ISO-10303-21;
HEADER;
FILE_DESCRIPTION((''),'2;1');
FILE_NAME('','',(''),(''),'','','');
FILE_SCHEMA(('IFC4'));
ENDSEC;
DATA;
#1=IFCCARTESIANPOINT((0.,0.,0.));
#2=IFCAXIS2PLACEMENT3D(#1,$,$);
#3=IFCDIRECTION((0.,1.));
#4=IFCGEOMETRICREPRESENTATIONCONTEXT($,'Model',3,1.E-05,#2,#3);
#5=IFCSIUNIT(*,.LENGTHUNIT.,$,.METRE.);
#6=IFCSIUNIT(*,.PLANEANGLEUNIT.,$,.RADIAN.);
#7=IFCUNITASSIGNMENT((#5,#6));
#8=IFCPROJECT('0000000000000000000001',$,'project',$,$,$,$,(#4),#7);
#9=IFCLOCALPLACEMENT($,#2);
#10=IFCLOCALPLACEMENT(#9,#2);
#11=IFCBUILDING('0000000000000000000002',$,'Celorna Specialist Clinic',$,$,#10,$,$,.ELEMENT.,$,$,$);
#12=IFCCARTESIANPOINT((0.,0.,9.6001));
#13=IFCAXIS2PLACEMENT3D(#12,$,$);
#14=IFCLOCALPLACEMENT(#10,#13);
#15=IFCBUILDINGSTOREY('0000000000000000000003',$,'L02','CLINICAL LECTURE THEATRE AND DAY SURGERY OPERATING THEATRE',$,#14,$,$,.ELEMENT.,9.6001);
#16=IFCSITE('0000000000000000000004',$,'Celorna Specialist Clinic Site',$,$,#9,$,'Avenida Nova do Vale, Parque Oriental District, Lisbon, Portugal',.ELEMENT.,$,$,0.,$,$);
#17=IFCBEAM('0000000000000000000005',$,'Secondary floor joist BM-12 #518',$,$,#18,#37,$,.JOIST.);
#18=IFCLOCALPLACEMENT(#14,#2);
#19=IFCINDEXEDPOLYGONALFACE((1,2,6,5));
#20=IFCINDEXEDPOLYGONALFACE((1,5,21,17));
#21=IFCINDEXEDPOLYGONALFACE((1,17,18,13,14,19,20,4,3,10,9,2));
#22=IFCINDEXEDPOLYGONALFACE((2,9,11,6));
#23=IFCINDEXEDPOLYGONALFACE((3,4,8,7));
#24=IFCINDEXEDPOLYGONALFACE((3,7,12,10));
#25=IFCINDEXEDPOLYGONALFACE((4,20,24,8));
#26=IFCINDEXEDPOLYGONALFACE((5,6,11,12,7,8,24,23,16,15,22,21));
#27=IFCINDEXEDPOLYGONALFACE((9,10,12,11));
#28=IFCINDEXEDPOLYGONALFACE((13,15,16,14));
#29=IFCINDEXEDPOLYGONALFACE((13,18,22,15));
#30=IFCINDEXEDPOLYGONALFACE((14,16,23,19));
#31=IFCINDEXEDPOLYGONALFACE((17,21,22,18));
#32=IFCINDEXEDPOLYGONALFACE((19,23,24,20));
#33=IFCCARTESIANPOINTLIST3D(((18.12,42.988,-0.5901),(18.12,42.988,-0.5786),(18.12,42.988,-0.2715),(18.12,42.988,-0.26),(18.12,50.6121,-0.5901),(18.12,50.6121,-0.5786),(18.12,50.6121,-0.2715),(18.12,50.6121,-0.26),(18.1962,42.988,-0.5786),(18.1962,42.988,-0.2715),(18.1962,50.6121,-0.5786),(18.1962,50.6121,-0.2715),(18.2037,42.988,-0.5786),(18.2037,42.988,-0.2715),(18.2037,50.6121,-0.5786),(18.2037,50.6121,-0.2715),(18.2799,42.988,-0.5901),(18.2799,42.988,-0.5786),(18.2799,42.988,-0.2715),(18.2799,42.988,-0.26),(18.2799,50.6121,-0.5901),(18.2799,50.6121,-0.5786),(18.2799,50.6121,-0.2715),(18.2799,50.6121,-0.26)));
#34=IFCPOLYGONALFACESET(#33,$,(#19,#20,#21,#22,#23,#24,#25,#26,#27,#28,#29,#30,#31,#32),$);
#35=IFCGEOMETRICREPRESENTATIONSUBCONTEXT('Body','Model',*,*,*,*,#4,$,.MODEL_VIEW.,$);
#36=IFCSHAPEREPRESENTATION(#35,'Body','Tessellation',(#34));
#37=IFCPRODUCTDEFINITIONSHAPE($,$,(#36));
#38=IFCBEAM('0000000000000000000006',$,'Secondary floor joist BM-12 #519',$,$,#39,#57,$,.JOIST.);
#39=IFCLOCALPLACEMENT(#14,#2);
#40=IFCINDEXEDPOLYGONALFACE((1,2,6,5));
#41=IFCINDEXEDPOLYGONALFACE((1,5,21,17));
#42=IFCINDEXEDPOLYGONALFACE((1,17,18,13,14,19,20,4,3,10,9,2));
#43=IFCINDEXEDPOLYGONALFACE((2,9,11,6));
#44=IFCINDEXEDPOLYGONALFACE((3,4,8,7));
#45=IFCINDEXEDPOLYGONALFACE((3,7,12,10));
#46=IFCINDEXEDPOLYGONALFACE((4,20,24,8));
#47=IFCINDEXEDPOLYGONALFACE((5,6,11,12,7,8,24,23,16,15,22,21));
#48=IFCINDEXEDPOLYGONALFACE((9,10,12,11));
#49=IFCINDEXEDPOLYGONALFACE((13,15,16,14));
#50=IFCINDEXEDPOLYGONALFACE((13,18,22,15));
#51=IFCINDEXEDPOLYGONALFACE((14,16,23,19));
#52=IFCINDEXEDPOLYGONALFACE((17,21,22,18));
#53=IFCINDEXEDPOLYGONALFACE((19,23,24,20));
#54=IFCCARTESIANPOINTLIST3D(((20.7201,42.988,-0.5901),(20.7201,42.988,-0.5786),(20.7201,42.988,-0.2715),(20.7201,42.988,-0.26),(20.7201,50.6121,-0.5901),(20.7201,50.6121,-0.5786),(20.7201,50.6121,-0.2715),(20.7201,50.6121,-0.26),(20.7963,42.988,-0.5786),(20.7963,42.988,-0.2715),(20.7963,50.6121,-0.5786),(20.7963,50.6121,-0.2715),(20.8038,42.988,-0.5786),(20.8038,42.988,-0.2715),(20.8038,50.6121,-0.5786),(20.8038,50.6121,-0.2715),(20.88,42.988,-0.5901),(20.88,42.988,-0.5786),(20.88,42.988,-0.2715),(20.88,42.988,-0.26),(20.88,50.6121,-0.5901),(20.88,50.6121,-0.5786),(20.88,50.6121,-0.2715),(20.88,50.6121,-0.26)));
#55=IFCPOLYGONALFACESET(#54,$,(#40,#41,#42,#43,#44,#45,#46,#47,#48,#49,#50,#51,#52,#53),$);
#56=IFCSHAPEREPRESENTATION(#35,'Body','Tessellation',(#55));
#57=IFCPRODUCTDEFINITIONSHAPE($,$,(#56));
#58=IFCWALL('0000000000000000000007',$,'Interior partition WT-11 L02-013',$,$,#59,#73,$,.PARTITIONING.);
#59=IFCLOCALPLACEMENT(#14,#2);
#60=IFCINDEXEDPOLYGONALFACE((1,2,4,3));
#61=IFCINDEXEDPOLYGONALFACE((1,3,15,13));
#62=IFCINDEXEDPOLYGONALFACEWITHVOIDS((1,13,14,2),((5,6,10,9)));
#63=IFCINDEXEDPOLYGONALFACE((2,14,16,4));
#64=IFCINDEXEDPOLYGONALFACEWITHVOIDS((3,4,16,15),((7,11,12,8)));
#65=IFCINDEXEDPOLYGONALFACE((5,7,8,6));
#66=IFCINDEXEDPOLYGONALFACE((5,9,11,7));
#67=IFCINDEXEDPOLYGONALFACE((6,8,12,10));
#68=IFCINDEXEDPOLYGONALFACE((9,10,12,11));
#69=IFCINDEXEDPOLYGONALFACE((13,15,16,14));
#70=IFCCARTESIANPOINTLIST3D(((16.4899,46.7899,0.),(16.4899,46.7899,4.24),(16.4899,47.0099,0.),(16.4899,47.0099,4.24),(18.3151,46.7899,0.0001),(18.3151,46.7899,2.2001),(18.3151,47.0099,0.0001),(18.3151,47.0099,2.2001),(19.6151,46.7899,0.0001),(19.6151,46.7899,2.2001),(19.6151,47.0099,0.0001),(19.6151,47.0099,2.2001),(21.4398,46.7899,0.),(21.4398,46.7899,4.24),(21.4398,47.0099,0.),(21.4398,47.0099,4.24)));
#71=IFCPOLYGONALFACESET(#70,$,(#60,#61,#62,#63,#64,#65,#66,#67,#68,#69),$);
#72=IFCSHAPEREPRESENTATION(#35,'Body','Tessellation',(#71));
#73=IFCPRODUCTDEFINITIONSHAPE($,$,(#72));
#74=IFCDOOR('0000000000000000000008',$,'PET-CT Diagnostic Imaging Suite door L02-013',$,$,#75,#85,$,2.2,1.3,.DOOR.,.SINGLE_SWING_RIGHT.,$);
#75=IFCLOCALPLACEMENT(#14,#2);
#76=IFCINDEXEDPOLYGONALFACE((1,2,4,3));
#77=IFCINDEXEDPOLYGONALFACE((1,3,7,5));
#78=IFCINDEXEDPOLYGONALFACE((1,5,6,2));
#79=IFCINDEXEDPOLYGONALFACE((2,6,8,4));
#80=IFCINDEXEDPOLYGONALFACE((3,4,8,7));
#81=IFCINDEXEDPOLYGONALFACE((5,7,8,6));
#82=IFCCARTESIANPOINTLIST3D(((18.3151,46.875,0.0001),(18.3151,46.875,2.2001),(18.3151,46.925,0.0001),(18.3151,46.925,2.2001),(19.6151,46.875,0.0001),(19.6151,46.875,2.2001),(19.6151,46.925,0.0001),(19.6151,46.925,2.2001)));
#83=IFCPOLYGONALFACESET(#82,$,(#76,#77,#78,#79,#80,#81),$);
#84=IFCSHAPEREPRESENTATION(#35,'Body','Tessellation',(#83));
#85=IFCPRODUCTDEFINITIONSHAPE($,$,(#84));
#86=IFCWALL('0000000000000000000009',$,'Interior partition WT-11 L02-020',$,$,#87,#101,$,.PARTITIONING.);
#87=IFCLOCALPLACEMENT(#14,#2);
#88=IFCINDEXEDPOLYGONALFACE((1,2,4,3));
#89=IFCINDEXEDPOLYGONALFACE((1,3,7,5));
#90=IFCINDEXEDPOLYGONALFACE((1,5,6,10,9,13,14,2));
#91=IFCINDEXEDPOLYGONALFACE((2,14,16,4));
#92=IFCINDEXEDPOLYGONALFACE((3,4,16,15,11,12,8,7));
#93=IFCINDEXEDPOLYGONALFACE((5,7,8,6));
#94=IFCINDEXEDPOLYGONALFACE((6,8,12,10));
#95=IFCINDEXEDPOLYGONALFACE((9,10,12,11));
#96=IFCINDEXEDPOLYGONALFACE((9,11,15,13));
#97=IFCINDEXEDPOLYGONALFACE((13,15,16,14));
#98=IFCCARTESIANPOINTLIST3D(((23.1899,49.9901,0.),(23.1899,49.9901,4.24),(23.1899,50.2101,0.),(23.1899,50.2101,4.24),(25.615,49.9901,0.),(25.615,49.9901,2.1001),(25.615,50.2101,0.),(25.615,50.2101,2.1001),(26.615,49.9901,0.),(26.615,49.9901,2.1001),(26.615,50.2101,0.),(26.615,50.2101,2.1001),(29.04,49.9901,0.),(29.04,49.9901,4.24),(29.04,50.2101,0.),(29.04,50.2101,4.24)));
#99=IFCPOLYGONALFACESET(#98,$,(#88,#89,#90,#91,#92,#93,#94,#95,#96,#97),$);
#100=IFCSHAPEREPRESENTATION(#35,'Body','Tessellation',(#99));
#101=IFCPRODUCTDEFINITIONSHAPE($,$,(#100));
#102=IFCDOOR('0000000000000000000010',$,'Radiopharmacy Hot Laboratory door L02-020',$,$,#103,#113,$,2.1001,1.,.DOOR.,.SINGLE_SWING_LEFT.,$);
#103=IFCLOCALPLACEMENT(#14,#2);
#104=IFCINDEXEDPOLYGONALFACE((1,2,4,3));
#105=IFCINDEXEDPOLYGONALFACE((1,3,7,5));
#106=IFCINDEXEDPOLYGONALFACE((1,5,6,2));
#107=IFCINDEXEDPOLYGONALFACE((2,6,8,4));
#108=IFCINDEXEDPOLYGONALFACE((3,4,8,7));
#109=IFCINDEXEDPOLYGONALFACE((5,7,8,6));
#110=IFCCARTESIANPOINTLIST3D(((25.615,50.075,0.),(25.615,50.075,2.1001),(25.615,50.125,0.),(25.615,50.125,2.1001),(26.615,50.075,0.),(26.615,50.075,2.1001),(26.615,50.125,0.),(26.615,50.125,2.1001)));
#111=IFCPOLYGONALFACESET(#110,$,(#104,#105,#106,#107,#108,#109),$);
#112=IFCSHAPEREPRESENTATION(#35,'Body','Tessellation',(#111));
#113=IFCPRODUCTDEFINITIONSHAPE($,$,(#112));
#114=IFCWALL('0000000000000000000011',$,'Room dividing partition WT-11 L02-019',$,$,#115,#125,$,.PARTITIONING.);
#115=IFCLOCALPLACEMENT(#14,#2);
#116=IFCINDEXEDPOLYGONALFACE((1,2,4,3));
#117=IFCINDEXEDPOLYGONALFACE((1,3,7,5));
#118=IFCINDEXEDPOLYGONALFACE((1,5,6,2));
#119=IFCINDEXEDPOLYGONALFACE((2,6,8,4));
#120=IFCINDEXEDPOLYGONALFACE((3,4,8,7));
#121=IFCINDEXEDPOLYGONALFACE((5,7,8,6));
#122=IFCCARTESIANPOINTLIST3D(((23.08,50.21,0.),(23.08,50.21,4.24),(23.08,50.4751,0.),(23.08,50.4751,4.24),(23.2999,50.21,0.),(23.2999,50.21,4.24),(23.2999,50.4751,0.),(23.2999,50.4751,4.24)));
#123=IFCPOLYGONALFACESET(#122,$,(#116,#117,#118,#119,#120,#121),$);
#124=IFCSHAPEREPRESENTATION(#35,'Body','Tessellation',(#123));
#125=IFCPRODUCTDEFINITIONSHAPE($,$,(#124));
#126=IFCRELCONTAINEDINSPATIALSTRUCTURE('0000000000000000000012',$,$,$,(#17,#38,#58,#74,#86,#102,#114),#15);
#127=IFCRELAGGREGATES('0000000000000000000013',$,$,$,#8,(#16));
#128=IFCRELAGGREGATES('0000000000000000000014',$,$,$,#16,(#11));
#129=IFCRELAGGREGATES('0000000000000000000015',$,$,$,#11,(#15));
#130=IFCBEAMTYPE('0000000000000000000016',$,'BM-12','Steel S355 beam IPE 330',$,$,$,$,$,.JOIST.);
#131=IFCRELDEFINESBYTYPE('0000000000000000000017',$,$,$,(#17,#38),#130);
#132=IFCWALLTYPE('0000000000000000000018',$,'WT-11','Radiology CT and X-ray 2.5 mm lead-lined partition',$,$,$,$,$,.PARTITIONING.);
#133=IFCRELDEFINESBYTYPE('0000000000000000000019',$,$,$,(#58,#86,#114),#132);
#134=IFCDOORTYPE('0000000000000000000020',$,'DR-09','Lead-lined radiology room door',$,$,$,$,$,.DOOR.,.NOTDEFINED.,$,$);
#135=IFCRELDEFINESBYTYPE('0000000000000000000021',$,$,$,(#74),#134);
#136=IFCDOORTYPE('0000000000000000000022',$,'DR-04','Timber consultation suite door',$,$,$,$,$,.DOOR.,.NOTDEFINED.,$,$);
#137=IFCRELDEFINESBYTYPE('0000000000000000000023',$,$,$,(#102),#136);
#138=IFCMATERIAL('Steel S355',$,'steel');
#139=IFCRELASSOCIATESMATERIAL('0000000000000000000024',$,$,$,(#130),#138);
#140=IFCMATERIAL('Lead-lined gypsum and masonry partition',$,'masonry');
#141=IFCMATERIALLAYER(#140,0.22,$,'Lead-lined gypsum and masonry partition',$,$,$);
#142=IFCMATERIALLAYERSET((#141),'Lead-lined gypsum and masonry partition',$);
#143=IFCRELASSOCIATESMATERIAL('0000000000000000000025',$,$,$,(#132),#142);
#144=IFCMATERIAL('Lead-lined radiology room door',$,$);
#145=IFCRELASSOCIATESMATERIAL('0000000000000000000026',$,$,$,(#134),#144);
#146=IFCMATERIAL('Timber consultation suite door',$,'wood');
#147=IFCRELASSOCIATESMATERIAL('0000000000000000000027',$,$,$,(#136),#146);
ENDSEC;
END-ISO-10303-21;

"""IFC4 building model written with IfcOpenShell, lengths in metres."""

from ifc_helpers import new_model, si_unit, direction, frame, frame_2d, origin, origin_2d, place, context, subcontext, project, spatial, rectangle, i_section, extrude, material, layer, layer_set, material_profile, profile_set, type_object, element, fill, save


model = new_model("IFC4")

# Units and contexts
model_context = context("Model", 3, precision=1e-05, world=origin(), true_north=direction((0.0, 1.0)))
body_context = subcontext(model_context, "Body", "Model", "MODEL_VIEW")
ifc_project = project(units=[si_unit("LENGTHUNIT", "METRE"), si_unit("PLANEANGLEUNIT", "RADIAN")], contexts=[model_context])

# Site, building, storey
site_placement = place(None, origin())
site = spatial("IfcSite", under=ifc_project, at=site_placement, Name="Celorna Specialist Clinic Site", LongName="Avenida Nova do Vale, Parque Oriental District, Lisbon, Portugal", CompositionType="ELEMENT", RefElevation=0.0)
building_placement = place(site_placement, origin())
building = spatial("IfcBuilding", under=site, at=building_placement, Name="Celorna Specialist Clinic", CompositionType="ELEMENT")
storey_placement = place(building_placement, frame((0.0, 0.0, 9.6001)))
storey = spatial("IfcBuildingStorey", under=building, at=storey_placement, Name="L02", Description="CLINICAL LECTURE THEATRE AND DAY SURGERY OPERATING THEATRE", CompositionType="ELEMENT", Elevation=9.6001)

# Beams
ifc_material_1 = material(Name="Steel S355", Category="steel")
ifc_material_profile_1 = material_profile(ifc_material_1, i_section(OverallWidth=0.1599, OverallDepth=0.3301, WebThickness=0.0076, FlangeThickness=0.0115, at=origin_2d()), Name="IPE 330")
ifc_profile_set_1 = profile_set([ifc_material_profile_1], Name="Steel S355")
beam_type_1 = type_object("IfcBeamType", Name="BM-12", Description="Steel S355 beam IPE 330", PredefinedType="JOIST", material=ifc_profile_set_1)
for number, where, z_axis, x_axis, name in (
    (1, (18.2, 42.988, -0.425), (0.0, 1.0, 0.0), (-1.0, 0.0, 0.0), "Secondary floor joist BM-12 #518"),
    (2, (20.8, 42.988, -0.425), (0.0, 1.0, 0.0), (-1.0, 0.0, 0.0), "Secondary floor joist BM-12 #519"),
):
    element("IfcBeam", number, at=place(storey_placement, frame(where, z_axis=z_axis, x_axis=x_axis)), inside=storey, type_object=beam_type_1, Name=name, PredefinedType="JOIST", context=body_context, shape_type="SweptSolid", body=[
        extrude(i_section(OverallWidth=0.1599, OverallDepth=0.3301, WebThickness=0.0076, FlangeThickness=0.0115, at=origin_2d()), origin(), (0.0, 0.0, 1.0), 7.624),
    ])

# Walls, openings, doors
ifc_material_2 = material(Name="Lead-lined gypsum and masonry partition", Category="masonry")
ifc_layer = layer(ifc_material_2, 0.22, Name="Lead-lined gypsum and masonry partition")
ifc_layer_set = layer_set([ifc_layer], Name="Lead-lined gypsum and masonry partition")
wall_type = type_object("IfcWallType", Name="WT-11", Description="Radiology CT and X-ray 2.5 mm lead-lined partition", PredefinedType="PARTITIONING", material=ifc_layer_set)
wall_1_placement = place(storey_placement, frame((21.4399, 46.8999, 0.0), z_axis=(0.0, 0.0, 1.0), x_axis=(-1.0, 0.0, 0.0)))
wall_1 = element("IfcWall", 3, at=wall_1_placement, inside=storey, type_object=wall_type, Name="Interior partition WT-11 L02-013", PredefinedType="PARTITIONING", context=body_context, shape_type="SweptSolid", body=[
    extrude(rectangle(XDim=4.95, YDim=0.22, at=frame_2d((2.4751, 0.0))), origin(), (0.0, 0.0, 1.0), 4.24),
])
opening_1_placement = place(wall_1_placement, frame((1.825, 0.0, 0.0)))
opening_1 = element("IfcOpeningElement", 4, at=opening_1_placement, cuts=wall_1, PredefinedType="OPENING", context=body_context, shape_type="SweptSolid", body=[
    extrude(rectangle(XDim=1.3, YDim=2.2, at=frame_2d((0.6499, 1.1001))), frame((0.0, 0.1199, 0.0), z_axis=(0.0, -1.0, 0.0), x_axis=(1.0, 0.0, 0.0)), (0.0, 0.0, 1.0), 0.24),
])
ifc_material_3 = material(Name="Lead-lined radiology room door")
door_type_1 = type_object("IfcDoorType", Name="DR-09", Description="Lead-lined radiology room door", OperationType="NOTDEFINED", PredefinedType="DOOR", material=ifc_material_3)
door_1_placement = place(opening_1_placement, origin())
door_1 = element("IfcDoor", 5, at=door_1_placement, inside=storey, type_object=door_type_1, Name="PET-CT Diagnostic Imaging Suite door L02-013", OperationType="SINGLE_SWING_RIGHT", OverallHeight=2.2, OverallWidth=1.3, PredefinedType="DOOR", context=body_context, shape_type="SweptSolid", body=[
    extrude(rectangle(XDim=1.3, YDim=2.2, at=frame_2d((0.6499, 1.1001))), frame((0.0, 0.0249, 0.0), z_axis=(0.0, -1.0, 0.0), x_axis=(1.0, 0.0, 0.0)), (0.0, 0.0, 1.0), 0.05),
])
fill(opening_1, door_1)
wall_2_placement = place(storey_placement, frame((23.1899, 50.1001, 0.0), z_axis=(0.0, 0.0, 1.0), x_axis=(1.0, 0.0, 0.0)))
wall_2 = element("IfcWall", 6, at=wall_2_placement, inside=storey, type_object=wall_type, Name="Interior partition WT-11 L02-020", PredefinedType="PARTITIONING", context=body_context, shape_type="SweptSolid", body=[
    extrude(rectangle(XDim=5.8501, YDim=0.22, at=frame_2d((2.925, 0.0))), origin(), (0.0, 0.0, 1.0), 4.24),
])
opening_2_placement = place(wall_2_placement, frame((2.425, 0.0, 0.0)))
opening_2 = element("IfcOpeningElement", 7, at=opening_2_placement, cuts=wall_2, PredefinedType="OPENING", context=body_context, shape_type="SweptSolid", body=[
    extrude(rectangle(XDim=1.0, YDim=2.1001, at=frame_2d((0.5, 1.05))), frame((0.0, 0.1199, 0.0), z_axis=(0.0, -1.0, 0.0), x_axis=(1.0, 0.0, 0.0)), (0.0, 0.0, 1.0), 0.24),
])
ifc_material_4 = material(Name="Timber consultation suite door", Category="wood")
door_type_2 = type_object("IfcDoorType", Name="DR-04", Description="Timber consultation suite door", OperationType="NOTDEFINED", PredefinedType="DOOR", material=ifc_material_4)
door_2_placement = place(opening_2_placement, origin())
door_2 = element("IfcDoor", 8, at=door_2_placement, inside=storey, type_object=door_type_2, Name="Radiopharmacy Hot Laboratory door L02-020", OperationType="SINGLE_SWING_LEFT", OverallHeight=2.1001, OverallWidth=1.0, PredefinedType="DOOR", context=body_context, shape_type="SweptSolid", body=[
    extrude(rectangle(XDim=1.0, YDim=2.1001, at=frame_2d((0.5, 1.05))), frame((0.0, 0.0249, 0.0), z_axis=(0.0, -1.0, 0.0), x_axis=(1.0, 0.0, 0.0)), (0.0, 0.0, 1.0), 0.05),
])
fill(opening_2, door_2)

# Wall
wall_3_placement = place(storey_placement, frame((23.1899, 50.21, 0.0), z_axis=(0.0, 0.0, 1.0), x_axis=(0.0, 1.0, 0.0)))
element("IfcWall", 9, at=wall_3_placement, inside=storey, type_object=wall_type, Name="Room dividing partition WT-11 L02-019", PredefinedType="PARTITIONING", context=body_context, shape_type="SweptSolid", body=[
    extrude(rectangle(XDim=0.2651, YDim=0.22, at=frame_2d((0.1326, 0.0))), origin(), (0.0, 0.0, 1.0), 4.24),
])

save(model, "model.ifc")
